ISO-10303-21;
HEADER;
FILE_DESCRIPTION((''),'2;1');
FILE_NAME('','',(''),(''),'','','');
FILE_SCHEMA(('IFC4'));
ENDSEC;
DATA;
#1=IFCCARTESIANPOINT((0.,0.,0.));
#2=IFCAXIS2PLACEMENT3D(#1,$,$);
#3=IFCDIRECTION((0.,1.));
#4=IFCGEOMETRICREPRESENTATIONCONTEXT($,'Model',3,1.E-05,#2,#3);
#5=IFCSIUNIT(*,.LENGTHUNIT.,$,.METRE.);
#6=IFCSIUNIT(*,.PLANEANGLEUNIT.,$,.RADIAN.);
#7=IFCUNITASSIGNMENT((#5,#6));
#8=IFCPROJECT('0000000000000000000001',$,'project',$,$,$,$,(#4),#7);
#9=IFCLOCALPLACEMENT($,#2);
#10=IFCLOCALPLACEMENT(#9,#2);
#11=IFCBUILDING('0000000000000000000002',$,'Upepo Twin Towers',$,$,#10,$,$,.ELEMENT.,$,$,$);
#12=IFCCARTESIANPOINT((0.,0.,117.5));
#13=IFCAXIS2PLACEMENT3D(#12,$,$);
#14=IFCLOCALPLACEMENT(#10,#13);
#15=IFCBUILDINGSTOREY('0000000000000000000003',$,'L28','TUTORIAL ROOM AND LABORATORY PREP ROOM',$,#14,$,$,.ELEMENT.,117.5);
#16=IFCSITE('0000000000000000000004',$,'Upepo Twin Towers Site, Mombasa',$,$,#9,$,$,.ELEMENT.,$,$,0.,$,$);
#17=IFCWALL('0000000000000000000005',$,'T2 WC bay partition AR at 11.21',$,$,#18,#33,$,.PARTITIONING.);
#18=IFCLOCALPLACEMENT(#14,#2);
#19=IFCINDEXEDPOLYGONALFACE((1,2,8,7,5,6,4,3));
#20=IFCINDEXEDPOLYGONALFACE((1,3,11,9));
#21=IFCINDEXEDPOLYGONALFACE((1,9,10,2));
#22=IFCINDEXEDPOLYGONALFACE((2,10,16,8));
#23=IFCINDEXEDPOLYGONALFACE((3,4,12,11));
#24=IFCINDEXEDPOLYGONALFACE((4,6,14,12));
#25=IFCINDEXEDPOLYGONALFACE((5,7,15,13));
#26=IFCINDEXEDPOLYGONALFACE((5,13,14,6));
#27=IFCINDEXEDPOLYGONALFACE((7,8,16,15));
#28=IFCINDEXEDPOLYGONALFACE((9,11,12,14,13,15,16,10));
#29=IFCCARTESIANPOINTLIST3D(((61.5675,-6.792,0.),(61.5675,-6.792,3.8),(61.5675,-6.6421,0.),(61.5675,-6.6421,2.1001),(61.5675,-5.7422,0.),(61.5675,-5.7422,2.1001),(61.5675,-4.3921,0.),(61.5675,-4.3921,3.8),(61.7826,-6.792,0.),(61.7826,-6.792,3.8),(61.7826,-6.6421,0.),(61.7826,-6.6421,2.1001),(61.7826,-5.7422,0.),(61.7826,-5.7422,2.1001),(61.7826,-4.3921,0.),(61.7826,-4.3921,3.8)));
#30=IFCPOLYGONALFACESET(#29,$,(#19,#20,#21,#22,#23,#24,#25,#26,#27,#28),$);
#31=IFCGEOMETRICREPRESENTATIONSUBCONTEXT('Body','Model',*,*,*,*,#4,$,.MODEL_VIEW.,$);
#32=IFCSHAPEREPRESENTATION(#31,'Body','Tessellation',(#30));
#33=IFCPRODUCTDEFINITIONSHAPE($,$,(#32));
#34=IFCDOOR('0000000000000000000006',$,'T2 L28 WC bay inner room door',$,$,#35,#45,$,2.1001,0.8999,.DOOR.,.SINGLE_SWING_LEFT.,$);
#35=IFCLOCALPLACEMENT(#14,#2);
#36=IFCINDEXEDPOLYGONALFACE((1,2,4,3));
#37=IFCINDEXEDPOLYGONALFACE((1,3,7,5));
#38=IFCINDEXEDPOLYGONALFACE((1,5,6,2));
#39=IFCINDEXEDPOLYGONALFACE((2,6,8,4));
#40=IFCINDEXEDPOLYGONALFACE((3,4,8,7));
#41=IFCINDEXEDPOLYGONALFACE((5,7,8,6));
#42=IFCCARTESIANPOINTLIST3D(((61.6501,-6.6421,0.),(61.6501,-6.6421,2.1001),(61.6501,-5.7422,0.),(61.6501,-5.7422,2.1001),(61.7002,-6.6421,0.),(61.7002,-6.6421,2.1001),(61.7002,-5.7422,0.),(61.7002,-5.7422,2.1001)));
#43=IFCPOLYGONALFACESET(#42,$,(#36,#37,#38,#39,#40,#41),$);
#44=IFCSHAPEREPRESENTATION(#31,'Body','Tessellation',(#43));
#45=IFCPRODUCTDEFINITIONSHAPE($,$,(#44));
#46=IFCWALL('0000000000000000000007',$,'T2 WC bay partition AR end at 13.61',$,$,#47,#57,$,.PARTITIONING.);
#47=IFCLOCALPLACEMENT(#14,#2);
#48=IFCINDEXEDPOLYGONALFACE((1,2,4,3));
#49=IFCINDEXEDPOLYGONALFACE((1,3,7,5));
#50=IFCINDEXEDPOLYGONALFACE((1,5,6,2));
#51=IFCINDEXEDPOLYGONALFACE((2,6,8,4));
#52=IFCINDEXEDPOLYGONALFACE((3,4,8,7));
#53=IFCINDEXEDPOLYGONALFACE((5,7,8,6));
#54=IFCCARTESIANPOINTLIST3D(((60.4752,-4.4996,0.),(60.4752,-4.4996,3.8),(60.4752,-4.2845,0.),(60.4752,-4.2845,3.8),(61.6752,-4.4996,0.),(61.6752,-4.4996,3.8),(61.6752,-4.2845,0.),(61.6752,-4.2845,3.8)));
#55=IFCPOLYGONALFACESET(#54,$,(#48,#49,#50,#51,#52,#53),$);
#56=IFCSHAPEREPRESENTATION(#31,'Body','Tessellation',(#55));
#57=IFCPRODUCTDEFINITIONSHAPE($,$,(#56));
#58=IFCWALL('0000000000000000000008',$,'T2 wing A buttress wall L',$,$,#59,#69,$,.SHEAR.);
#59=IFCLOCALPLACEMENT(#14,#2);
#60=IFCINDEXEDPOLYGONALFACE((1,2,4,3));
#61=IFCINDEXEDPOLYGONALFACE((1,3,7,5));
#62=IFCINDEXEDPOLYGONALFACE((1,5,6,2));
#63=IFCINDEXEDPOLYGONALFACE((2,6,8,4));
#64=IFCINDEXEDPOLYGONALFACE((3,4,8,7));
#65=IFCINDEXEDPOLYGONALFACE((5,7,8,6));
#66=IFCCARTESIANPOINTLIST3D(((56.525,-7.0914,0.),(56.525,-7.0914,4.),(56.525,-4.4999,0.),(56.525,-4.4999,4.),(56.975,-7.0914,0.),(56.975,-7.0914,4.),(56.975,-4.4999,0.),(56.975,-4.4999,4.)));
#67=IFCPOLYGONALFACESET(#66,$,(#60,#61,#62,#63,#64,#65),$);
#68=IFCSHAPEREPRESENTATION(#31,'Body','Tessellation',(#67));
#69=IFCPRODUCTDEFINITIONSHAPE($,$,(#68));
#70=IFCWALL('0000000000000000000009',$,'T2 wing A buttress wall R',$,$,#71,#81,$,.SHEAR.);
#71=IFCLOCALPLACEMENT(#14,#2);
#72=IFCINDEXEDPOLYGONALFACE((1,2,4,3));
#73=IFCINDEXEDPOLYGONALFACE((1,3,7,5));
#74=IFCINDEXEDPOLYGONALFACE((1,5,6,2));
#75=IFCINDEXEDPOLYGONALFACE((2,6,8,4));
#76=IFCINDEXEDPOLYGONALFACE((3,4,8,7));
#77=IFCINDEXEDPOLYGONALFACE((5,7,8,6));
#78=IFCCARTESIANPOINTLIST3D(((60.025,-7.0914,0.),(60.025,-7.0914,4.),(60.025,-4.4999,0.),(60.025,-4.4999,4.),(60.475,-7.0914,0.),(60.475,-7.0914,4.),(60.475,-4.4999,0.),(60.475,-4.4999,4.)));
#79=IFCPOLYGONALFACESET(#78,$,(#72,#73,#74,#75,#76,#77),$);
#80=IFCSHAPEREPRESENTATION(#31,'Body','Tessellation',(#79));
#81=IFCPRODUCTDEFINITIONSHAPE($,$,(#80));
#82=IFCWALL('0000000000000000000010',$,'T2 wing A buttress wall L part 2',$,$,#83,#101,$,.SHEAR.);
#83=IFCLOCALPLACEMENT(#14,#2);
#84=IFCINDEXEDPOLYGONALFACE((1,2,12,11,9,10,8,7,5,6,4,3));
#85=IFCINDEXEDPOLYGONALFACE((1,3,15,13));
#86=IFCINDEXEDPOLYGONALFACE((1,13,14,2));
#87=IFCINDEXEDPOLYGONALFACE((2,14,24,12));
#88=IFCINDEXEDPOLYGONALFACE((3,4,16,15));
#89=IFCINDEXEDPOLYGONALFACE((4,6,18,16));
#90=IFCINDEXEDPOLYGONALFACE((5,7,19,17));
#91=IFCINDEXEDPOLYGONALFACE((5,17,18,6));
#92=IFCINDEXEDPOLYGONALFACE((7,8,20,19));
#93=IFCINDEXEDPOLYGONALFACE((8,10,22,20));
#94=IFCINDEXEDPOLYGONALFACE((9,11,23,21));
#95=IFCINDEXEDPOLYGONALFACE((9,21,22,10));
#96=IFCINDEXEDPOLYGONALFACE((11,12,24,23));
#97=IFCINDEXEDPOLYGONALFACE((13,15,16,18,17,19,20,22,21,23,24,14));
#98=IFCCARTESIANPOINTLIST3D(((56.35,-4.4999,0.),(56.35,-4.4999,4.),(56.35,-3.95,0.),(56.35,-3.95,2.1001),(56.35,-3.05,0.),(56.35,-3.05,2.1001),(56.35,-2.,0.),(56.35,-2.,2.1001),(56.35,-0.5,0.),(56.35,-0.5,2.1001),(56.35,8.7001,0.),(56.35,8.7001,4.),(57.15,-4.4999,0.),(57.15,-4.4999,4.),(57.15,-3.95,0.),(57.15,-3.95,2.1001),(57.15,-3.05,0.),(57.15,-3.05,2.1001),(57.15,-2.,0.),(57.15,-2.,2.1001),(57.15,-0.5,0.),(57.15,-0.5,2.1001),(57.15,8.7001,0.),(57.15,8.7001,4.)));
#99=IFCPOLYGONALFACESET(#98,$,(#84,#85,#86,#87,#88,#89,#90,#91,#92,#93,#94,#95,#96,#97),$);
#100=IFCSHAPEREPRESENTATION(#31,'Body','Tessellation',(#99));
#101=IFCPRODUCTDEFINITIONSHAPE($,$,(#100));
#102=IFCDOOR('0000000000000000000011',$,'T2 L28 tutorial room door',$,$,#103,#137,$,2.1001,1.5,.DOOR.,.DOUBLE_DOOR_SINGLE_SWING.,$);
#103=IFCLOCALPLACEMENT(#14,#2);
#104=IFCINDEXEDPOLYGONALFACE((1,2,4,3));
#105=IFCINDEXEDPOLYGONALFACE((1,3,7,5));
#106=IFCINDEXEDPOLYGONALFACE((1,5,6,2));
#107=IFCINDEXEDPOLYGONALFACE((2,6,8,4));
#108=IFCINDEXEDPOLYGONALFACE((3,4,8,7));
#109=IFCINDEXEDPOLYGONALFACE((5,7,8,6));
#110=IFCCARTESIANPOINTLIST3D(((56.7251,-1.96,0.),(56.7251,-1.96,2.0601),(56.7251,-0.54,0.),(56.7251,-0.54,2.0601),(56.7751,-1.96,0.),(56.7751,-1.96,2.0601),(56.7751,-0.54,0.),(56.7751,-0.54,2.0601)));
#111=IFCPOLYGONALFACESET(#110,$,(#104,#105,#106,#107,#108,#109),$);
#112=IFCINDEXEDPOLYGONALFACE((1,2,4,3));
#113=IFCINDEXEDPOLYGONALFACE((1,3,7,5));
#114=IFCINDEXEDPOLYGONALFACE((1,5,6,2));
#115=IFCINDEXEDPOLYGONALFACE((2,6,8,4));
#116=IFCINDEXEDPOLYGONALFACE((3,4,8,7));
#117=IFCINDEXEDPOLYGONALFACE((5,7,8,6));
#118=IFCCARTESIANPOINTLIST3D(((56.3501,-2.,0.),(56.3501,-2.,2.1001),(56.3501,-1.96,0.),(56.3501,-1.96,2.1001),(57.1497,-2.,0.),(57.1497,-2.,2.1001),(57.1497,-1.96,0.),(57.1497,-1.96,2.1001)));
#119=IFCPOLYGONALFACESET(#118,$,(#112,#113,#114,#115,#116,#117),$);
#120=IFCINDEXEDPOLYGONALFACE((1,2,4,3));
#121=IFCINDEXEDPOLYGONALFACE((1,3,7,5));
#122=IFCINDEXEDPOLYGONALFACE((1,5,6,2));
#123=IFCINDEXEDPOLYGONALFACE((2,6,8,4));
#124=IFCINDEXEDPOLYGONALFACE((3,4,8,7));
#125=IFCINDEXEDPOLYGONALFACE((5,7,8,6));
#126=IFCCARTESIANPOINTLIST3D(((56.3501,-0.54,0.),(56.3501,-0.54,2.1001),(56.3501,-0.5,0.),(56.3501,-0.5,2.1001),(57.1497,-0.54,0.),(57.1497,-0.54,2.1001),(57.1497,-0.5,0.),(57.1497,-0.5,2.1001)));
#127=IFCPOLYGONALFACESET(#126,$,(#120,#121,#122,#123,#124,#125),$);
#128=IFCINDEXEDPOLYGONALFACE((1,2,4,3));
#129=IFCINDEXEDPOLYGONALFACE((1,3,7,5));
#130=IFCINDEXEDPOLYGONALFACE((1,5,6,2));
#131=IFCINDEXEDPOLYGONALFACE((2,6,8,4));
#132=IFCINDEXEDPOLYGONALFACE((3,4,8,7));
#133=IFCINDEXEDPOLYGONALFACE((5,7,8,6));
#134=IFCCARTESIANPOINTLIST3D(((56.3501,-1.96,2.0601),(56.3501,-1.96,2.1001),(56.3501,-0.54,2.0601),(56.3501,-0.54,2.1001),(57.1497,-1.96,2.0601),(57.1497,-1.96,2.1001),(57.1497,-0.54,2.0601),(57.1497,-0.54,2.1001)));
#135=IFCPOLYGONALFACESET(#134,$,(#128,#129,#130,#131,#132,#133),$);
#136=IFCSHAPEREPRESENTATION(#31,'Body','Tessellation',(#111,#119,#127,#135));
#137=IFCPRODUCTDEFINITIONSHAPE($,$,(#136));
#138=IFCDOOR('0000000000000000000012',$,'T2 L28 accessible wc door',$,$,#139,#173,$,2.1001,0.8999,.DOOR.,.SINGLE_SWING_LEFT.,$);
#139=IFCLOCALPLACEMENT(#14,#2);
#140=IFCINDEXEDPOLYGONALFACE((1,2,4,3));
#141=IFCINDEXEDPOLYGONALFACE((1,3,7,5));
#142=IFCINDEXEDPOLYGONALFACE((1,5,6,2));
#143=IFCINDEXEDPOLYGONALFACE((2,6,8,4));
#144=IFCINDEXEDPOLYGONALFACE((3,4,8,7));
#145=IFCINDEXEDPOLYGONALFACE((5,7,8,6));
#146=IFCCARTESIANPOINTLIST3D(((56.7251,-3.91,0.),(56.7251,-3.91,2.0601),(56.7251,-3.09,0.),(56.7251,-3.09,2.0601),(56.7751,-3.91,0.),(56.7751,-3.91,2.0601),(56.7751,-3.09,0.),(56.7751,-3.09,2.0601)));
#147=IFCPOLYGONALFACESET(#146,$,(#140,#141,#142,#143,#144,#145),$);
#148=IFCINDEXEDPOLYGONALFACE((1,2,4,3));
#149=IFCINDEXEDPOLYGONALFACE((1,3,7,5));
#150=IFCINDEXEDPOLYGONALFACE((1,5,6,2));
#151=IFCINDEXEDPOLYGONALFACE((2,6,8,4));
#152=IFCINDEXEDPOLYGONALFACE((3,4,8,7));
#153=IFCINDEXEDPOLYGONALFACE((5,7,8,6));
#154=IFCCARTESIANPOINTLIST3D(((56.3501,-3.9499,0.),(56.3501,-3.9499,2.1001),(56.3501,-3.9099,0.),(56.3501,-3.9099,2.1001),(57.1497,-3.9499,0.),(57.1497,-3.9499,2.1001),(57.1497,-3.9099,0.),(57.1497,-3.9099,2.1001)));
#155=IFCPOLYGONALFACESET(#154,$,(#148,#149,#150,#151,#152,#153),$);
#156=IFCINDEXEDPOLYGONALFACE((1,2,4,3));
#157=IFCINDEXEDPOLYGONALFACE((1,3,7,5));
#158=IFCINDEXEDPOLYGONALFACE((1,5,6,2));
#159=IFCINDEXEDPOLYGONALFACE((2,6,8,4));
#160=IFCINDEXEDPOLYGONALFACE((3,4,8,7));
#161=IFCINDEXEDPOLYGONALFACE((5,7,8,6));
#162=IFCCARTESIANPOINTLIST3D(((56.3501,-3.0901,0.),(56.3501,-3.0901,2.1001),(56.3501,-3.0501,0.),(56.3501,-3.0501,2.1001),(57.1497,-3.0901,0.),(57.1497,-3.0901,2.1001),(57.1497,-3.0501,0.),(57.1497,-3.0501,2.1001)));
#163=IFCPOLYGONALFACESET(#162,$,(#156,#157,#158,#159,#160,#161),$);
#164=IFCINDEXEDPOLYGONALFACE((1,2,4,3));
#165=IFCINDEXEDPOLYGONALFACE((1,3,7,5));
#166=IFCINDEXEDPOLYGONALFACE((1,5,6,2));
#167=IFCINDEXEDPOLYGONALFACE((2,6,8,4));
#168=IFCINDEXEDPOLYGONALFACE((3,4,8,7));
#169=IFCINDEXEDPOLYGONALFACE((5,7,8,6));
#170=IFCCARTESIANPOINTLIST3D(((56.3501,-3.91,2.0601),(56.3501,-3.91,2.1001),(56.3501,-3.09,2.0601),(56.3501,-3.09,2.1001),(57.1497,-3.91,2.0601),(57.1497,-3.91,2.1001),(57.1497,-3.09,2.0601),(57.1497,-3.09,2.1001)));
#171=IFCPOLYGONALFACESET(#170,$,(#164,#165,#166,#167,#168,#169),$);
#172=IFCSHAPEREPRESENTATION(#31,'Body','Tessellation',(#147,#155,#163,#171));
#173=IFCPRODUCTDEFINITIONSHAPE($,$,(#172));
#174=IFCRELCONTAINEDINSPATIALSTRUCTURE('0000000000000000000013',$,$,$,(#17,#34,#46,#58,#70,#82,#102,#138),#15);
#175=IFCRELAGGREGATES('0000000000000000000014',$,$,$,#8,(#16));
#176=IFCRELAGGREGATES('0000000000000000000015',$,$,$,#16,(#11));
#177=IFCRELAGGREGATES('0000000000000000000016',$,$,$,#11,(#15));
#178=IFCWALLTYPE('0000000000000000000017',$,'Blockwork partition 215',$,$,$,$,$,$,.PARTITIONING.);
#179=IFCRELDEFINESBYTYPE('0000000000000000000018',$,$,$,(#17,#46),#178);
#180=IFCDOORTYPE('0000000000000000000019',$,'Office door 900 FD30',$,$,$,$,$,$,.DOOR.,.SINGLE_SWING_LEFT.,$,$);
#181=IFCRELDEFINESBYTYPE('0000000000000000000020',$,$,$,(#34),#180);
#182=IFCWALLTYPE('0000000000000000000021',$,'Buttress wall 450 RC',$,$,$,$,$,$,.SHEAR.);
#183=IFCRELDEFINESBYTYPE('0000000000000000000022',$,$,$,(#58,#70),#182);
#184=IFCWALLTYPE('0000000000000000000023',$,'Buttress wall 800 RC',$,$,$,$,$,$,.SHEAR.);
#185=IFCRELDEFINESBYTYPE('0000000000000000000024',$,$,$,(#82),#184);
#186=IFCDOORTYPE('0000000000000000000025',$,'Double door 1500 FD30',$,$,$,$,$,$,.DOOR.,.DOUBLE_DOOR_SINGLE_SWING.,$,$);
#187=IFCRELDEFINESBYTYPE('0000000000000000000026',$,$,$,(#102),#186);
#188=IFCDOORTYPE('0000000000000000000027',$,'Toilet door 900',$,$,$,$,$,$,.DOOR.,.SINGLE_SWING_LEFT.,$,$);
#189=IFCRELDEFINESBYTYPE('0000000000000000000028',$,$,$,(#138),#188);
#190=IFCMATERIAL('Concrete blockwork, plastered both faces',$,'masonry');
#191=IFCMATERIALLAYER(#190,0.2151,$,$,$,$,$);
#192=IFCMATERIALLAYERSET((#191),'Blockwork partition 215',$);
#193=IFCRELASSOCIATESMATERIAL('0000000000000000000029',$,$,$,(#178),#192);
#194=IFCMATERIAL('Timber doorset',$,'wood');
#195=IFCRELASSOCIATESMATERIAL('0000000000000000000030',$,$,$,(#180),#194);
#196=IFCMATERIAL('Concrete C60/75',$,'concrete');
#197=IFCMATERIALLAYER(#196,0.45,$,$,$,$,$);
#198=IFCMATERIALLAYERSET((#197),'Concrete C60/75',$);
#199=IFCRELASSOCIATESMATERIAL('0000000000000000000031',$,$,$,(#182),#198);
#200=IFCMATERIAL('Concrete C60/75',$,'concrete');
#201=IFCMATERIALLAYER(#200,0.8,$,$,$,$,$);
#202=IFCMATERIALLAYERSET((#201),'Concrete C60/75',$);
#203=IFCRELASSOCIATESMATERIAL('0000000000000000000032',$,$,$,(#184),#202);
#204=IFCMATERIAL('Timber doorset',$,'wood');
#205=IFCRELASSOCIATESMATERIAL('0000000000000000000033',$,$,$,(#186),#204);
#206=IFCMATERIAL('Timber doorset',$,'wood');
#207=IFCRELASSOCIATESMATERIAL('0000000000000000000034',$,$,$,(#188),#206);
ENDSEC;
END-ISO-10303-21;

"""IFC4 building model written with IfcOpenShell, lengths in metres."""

from ifc_helpers import new_model, si_unit, direction, frame, frame_2d, origin, place, context, subcontext, project, spatial, rectangle, extrude, material, layer, layer_set, type_object, element, fill, save


model = new_model("IFC4")

# Units and contexts
model_context = context("Model", 3, precision=1e-05, world=origin(), true_north=direction((0.0, 1.0)))
body_context = subcontext(model_context, "Body", "Model", "MODEL_VIEW")
ifc_project = project(units=[si_unit("LENGTHUNIT", "METRE"), si_unit("PLANEANGLEUNIT", "RADIAN")], contexts=[model_context])

# Site, building, storey
site_placement = place(None, origin())
site = spatial("IfcSite", under=ifc_project, at=site_placement, Name="Upepo Twin Towers Site, Mombasa", CompositionType="ELEMENT", RefElevation=0.0)
building_placement = place(site_placement, origin())
building = spatial("IfcBuilding", under=site, at=building_placement, Name="Upepo Twin Towers", CompositionType="ELEMENT")
storey_placement = place(building_placement, frame((0.0, 0.0, 117.5)))
storey = spatial("IfcBuildingStorey", under=building, at=storey_placement, Name="L28", Description="TUTORIAL ROOM AND LABORATORY PREP ROOM", CompositionType="ELEMENT", Elevation=117.5)

# Shared definitions
ifc_material_1 = material(Name="Concrete blockwork, plastered both faces", Category="masonry")
ifc_layer_1 = layer(ifc_material_1, 0.2151)
ifc_layer_set_1 = layer_set([ifc_layer_1], Name="Blockwork partition 215")
wall_type_1 = type_object("IfcWallType", Name="Blockwork partition 215", PredefinedType="PARTITIONING", material=ifc_layer_set_1)

# Wall, opening, door
wall_1_placement = place(storey_placement, frame((61.675, -6.792, 0.0), z_axis=(0.0, 0.0, 1.0), x_axis=(0.0, 1.0, 0.0)))
wall_1 = element("IfcWall", 1, at=wall_1_placement, inside=storey, type_object=wall_type_1, Name="T2 WC bay partition AR at 11.21", PredefinedType="PARTITIONING", context=body_context, shape_type="SweptSolid", body=[
    extrude(rectangle(XDim=2.3999, YDim=0.2151, at=frame_2d((1.2, 0.0))), origin(), (0.0, 0.0, 1.0), 3.8),
])
opening_1_placement = place(wall_1_placement, frame((0.1499, 0.0, 0.0)))
opening_1 = element("IfcOpeningElement", 2, at=opening_1_placement, cuts=wall_1, PredefinedType="OPENING", context=body_context, shape_type="SweptSolid", body=[
    extrude(rectangle(XDim=0.8999, YDim=2.1001, at=frame_2d((0.45, 1.05))), frame((0.0, 0.1174, 0.0), z_axis=(0.0, -1.0, 0.0), x_axis=(1.0, 0.0, 0.0)), (0.0, 0.0, 1.0), 0.2351),
])
ifc_material_2 = material(Name="Timber doorset", Category="wood")
door_type_1 = type_object("IfcDoorType", Name="Office door 900 FD30", OperationType="SINGLE_SWING_LEFT", PredefinedType="DOOR", material=ifc_material_2)
door_1_placement = place(opening_1_placement, origin())
door_1 = element("IfcDoor", 3, at=door_1_placement, inside=storey, type_object=door_type_1, Name="T2 L28 WC bay inner room door", OperationType="SINGLE_SWING_LEFT", OverallHeight=2.1001, OverallWidth=0.8999, PredefinedType="DOOR", context=body_context, shape_type="SweptSolid", body=[
    extrude(rectangle(XDim=0.8999, YDim=2.1001, at=frame_2d((0.45, 1.05))), frame((0.0, 0.0249, 0.0), z_axis=(0.0, -1.0, 0.0), x_axis=(1.0, 0.0, 0.0)), (0.0, 0.0, 1.0), 0.05),
])
fill(opening_1, door_1)

# Walls
wall_2_placement = place(storey_placement, frame((60.4751, -4.3921, 0.0), z_axis=(0.0, 0.0, 1.0), x_axis=(1.0, 0.0, 0.0)))
element("IfcWall", 4, at=wall_2_placement, inside=storey, type_object=wall_type_1, Name="T2 WC bay partition AR end at 13.61", PredefinedType="PARTITIONING", context=body_context, shape_type="SweptSolid", body=[
    extrude(rectangle(XDim=1.2, YDim=0.2151, at=frame_2d((0.6001, 0.0))), origin(), (0.0, 0.0, 1.0), 3.8),
])
ifc_material_3 = material(Name="Concrete C60/75", Category="concrete")
ifc_layer_2 = layer(ifc_material_3, 0.45)
ifc_layer_set_2 = layer_set([ifc_layer_2], Name="Concrete C60/75")
wall_type_2 = type_object("IfcWallType", Name="Buttress wall 450 RC", PredefinedType="SHEAR", material=ifc_layer_set_2)
for number, where, z_axis, x_axis, name in (
    (5, (56.75, -7.0916, 0.0), (0.0, 0.0, 1.0), (0.0, 1.0, 0.0), "T2 wing A buttress wall L"),
    (6, (60.25, -7.0916, 0.0), (0.0, 0.0, 1.0), (0.0, 1.0, 0.0), "T2 wing A buttress wall R"),
):
    element("IfcWall", number, at=place(storey_placement, frame(where, z_axis=z_axis, x_axis=x_axis)), inside=storey, type_object=wall_type_2, Name=name, PredefinedType="SHEAR", context=body_context, shape_type="SweptSolid", body=[
        extrude(rectangle(XDim=2.5916, YDim=0.45, at=frame_2d((1.2959, 0.0))), origin(), (0.0, 0.0, 1.0), 4.0),
    ])

# Wall, openings, doors
ifc_material_4 = material(Name="Concrete C60/75", Category="concrete")
ifc_layer_3 = layer(ifc_material_4, 0.8)
ifc_layer_set_3 = layer_set([ifc_layer_3], Name="Concrete C60/75")
wall_type_3 = type_object("IfcWallType", Name="Buttress wall 800 RC", PredefinedType="SHEAR", material=ifc_layer_set_3)
wall_3_placement = place(storey_placement, frame((56.75, -4.5, 0.0), z_axis=(0.0, 0.0, 1.0), x_axis=(0.0, 1.0, 0.0)))
wall_3 = element("IfcWall", 7, at=wall_3_placement, inside=storey, type_object=wall_type_3, Name="T2 wing A buttress wall L part 2", PredefinedType="SHEAR", context=body_context, shape_type="SweptSolid", body=[
    extrude(rectangle(XDim=13.2, YDim=0.8, at=frame_2d((6.6001, 0.0))), origin(), (0.0, 0.0, 1.0), 4.0),
])
opening_2_placement = place(wall_3_placement, frame((0.55, 0.0, 0.0)))
opening_2 = element("IfcOpeningElement", 8, at=opening_2_placement, cuts=wall_3, PredefinedType="OPENING", context=body_context, shape_type="SweptSolid", body=[
    extrude(rectangle(XDim=0.8999, YDim=2.1001, at=frame_2d((0.45, 1.05))), frame((0.0, 0.4099, 0.0), z_axis=(0.0, -1.0, 0.0), x_axis=(1.0, 0.0, 0.0)), (0.0, 0.0, 1.0), 0.8201),
])
opening_3_placement = place(wall_3_placement, frame((2.5, 0.0, 0.0)))
opening_3 = element("IfcOpeningElement", 9, at=opening_3_placement, cuts=wall_3, PredefinedType="OPENING", context=body_context, shape_type="SweptSolid", body=[
    extrude(rectangle(XDim=1.5, YDim=2.1001, at=frame_2d((0.75, 1.05))), frame((0.0, 0.4099, 0.0), z_axis=(0.0, -1.0, 0.0), x_axis=(1.0, 0.0, 0.0)), (0.0, 0.0, 1.0), 0.8201),
])
ifc_material_5 = material(Name="Timber doorset", Category="wood")
door_type_2 = type_object("IfcDoorType", Name="Double door 1500 FD30", OperationType="DOUBLE_DOOR_SINGLE_SWING", PredefinedType="DOOR", material=ifc_material_5)
door_2_placement = place(opening_3_placement, origin())
door_2 = element("IfcDoor", 10, at=door_2_placement, inside=storey, type_object=door_type_2, Name="T2 L28 tutorial room door", OperationType="DOUBLE_DOOR_SINGLE_SWING", OverallHeight=2.1001, OverallWidth=1.5, PredefinedType="DOOR", context=body_context, shape_type="SweptSolid", body=[
    extrude(rectangle(XDim=1.42, YDim=2.0601, at=frame_2d((0.75, 1.03))), frame((0.0, 0.0249, 0.0), z_axis=(0.0, -1.0, 0.0), x_axis=(1.0, 0.0, 0.0)), (0.0, 0.0, 1.0), 0.05),
    extrude(rectangle(XDim=0.04, YDim=2.1001, at=frame_2d((0.02, 1.05))), frame((0.0, 0.3999, 0.0), z_axis=(0.0, -1.0, 0.0), x_axis=(1.0, 0.0, 0.0)), (0.0, 0.0, 1.0), 0.7996),
    extrude(rectangle(XDim=0.04, YDim=2.1001, at=frame_2d((1.48, 1.05))), frame((0.0, 0.3999, 0.0), z_axis=(0.0, -1.0, 0.0), x_axis=(1.0, 0.0, 0.0)), (0.0, 0.0, 1.0), 0.7996),
    extrude(rectangle(XDim=1.42, YDim=0.04, at=frame_2d((0.75, 2.0801))), frame((0.0, 0.3999, 0.0), z_axis=(0.0, -1.0, 0.0), x_axis=(1.0, 0.0, 0.0)), (0.0, 0.0, 1.0), 0.7996),
])
fill(opening_3, door_2)
ifc_material_6 = material(Name="Timber doorset", Category="wood")
door_type_3 = type_object("IfcDoorType", Name="Toilet door 900", OperationType="SINGLE_SWING_LEFT", PredefinedType="DOOR", material=ifc_material_6)
door_3_placement = place(opening_2_placement, origin())
door_3 = element("IfcDoor", 11, at=door_3_placement, inside=storey, type_object=door_type_3, Name="T2 L28 accessible wc door", OperationType="SINGLE_SWING_LEFT", OverallHeight=2.1001, OverallWidth=0.8999, PredefinedType="DOOR", context=body_context, shape_type="SweptSolid", body=[
    extrude(rectangle(XDim=0.8199, YDim=2.0601, at=frame_2d((0.45, 1.03))), frame((0.0, 0.0249, 0.0), z_axis=(0.0, -1.0, 0.0), x_axis=(1.0, 0.0, 0.0)), (0.0, 0.0, 1.0), 0.05),
    extrude(rectangle(XDim=0.04, YDim=2.1001, at=frame_2d((0.02, 1.05))), frame((0.0, 0.3999, 0.0), z_axis=(0.0, -1.0, 0.0), x_axis=(1.0, 0.0, 0.0)), (0.0, 0.0, 1.0), 0.7996),
    extrude(rectangle(XDim=0.04, YDim=2.1001, at=frame_2d((0.8799, 1.05))), frame((0.0, 0.3999, 0.0), z_axis=(0.0, -1.0, 0.0), x_axis=(1.0, 0.0, 0.0)), (0.0, 0.0, 1.0), 0.7996),
    extrude(rectangle(XDim=0.8199, YDim=0.04, at=frame_2d((0.45, 2.0801))), frame((0.0, 0.3999, 0.0), z_axis=(0.0, -1.0, 0.0), x_axis=(1.0, 0.0, 0.0)), (0.0, 0.0, 1.0), 0.7996),
])
fill(opening_2, door_3)

save(model, "model.ifc")
